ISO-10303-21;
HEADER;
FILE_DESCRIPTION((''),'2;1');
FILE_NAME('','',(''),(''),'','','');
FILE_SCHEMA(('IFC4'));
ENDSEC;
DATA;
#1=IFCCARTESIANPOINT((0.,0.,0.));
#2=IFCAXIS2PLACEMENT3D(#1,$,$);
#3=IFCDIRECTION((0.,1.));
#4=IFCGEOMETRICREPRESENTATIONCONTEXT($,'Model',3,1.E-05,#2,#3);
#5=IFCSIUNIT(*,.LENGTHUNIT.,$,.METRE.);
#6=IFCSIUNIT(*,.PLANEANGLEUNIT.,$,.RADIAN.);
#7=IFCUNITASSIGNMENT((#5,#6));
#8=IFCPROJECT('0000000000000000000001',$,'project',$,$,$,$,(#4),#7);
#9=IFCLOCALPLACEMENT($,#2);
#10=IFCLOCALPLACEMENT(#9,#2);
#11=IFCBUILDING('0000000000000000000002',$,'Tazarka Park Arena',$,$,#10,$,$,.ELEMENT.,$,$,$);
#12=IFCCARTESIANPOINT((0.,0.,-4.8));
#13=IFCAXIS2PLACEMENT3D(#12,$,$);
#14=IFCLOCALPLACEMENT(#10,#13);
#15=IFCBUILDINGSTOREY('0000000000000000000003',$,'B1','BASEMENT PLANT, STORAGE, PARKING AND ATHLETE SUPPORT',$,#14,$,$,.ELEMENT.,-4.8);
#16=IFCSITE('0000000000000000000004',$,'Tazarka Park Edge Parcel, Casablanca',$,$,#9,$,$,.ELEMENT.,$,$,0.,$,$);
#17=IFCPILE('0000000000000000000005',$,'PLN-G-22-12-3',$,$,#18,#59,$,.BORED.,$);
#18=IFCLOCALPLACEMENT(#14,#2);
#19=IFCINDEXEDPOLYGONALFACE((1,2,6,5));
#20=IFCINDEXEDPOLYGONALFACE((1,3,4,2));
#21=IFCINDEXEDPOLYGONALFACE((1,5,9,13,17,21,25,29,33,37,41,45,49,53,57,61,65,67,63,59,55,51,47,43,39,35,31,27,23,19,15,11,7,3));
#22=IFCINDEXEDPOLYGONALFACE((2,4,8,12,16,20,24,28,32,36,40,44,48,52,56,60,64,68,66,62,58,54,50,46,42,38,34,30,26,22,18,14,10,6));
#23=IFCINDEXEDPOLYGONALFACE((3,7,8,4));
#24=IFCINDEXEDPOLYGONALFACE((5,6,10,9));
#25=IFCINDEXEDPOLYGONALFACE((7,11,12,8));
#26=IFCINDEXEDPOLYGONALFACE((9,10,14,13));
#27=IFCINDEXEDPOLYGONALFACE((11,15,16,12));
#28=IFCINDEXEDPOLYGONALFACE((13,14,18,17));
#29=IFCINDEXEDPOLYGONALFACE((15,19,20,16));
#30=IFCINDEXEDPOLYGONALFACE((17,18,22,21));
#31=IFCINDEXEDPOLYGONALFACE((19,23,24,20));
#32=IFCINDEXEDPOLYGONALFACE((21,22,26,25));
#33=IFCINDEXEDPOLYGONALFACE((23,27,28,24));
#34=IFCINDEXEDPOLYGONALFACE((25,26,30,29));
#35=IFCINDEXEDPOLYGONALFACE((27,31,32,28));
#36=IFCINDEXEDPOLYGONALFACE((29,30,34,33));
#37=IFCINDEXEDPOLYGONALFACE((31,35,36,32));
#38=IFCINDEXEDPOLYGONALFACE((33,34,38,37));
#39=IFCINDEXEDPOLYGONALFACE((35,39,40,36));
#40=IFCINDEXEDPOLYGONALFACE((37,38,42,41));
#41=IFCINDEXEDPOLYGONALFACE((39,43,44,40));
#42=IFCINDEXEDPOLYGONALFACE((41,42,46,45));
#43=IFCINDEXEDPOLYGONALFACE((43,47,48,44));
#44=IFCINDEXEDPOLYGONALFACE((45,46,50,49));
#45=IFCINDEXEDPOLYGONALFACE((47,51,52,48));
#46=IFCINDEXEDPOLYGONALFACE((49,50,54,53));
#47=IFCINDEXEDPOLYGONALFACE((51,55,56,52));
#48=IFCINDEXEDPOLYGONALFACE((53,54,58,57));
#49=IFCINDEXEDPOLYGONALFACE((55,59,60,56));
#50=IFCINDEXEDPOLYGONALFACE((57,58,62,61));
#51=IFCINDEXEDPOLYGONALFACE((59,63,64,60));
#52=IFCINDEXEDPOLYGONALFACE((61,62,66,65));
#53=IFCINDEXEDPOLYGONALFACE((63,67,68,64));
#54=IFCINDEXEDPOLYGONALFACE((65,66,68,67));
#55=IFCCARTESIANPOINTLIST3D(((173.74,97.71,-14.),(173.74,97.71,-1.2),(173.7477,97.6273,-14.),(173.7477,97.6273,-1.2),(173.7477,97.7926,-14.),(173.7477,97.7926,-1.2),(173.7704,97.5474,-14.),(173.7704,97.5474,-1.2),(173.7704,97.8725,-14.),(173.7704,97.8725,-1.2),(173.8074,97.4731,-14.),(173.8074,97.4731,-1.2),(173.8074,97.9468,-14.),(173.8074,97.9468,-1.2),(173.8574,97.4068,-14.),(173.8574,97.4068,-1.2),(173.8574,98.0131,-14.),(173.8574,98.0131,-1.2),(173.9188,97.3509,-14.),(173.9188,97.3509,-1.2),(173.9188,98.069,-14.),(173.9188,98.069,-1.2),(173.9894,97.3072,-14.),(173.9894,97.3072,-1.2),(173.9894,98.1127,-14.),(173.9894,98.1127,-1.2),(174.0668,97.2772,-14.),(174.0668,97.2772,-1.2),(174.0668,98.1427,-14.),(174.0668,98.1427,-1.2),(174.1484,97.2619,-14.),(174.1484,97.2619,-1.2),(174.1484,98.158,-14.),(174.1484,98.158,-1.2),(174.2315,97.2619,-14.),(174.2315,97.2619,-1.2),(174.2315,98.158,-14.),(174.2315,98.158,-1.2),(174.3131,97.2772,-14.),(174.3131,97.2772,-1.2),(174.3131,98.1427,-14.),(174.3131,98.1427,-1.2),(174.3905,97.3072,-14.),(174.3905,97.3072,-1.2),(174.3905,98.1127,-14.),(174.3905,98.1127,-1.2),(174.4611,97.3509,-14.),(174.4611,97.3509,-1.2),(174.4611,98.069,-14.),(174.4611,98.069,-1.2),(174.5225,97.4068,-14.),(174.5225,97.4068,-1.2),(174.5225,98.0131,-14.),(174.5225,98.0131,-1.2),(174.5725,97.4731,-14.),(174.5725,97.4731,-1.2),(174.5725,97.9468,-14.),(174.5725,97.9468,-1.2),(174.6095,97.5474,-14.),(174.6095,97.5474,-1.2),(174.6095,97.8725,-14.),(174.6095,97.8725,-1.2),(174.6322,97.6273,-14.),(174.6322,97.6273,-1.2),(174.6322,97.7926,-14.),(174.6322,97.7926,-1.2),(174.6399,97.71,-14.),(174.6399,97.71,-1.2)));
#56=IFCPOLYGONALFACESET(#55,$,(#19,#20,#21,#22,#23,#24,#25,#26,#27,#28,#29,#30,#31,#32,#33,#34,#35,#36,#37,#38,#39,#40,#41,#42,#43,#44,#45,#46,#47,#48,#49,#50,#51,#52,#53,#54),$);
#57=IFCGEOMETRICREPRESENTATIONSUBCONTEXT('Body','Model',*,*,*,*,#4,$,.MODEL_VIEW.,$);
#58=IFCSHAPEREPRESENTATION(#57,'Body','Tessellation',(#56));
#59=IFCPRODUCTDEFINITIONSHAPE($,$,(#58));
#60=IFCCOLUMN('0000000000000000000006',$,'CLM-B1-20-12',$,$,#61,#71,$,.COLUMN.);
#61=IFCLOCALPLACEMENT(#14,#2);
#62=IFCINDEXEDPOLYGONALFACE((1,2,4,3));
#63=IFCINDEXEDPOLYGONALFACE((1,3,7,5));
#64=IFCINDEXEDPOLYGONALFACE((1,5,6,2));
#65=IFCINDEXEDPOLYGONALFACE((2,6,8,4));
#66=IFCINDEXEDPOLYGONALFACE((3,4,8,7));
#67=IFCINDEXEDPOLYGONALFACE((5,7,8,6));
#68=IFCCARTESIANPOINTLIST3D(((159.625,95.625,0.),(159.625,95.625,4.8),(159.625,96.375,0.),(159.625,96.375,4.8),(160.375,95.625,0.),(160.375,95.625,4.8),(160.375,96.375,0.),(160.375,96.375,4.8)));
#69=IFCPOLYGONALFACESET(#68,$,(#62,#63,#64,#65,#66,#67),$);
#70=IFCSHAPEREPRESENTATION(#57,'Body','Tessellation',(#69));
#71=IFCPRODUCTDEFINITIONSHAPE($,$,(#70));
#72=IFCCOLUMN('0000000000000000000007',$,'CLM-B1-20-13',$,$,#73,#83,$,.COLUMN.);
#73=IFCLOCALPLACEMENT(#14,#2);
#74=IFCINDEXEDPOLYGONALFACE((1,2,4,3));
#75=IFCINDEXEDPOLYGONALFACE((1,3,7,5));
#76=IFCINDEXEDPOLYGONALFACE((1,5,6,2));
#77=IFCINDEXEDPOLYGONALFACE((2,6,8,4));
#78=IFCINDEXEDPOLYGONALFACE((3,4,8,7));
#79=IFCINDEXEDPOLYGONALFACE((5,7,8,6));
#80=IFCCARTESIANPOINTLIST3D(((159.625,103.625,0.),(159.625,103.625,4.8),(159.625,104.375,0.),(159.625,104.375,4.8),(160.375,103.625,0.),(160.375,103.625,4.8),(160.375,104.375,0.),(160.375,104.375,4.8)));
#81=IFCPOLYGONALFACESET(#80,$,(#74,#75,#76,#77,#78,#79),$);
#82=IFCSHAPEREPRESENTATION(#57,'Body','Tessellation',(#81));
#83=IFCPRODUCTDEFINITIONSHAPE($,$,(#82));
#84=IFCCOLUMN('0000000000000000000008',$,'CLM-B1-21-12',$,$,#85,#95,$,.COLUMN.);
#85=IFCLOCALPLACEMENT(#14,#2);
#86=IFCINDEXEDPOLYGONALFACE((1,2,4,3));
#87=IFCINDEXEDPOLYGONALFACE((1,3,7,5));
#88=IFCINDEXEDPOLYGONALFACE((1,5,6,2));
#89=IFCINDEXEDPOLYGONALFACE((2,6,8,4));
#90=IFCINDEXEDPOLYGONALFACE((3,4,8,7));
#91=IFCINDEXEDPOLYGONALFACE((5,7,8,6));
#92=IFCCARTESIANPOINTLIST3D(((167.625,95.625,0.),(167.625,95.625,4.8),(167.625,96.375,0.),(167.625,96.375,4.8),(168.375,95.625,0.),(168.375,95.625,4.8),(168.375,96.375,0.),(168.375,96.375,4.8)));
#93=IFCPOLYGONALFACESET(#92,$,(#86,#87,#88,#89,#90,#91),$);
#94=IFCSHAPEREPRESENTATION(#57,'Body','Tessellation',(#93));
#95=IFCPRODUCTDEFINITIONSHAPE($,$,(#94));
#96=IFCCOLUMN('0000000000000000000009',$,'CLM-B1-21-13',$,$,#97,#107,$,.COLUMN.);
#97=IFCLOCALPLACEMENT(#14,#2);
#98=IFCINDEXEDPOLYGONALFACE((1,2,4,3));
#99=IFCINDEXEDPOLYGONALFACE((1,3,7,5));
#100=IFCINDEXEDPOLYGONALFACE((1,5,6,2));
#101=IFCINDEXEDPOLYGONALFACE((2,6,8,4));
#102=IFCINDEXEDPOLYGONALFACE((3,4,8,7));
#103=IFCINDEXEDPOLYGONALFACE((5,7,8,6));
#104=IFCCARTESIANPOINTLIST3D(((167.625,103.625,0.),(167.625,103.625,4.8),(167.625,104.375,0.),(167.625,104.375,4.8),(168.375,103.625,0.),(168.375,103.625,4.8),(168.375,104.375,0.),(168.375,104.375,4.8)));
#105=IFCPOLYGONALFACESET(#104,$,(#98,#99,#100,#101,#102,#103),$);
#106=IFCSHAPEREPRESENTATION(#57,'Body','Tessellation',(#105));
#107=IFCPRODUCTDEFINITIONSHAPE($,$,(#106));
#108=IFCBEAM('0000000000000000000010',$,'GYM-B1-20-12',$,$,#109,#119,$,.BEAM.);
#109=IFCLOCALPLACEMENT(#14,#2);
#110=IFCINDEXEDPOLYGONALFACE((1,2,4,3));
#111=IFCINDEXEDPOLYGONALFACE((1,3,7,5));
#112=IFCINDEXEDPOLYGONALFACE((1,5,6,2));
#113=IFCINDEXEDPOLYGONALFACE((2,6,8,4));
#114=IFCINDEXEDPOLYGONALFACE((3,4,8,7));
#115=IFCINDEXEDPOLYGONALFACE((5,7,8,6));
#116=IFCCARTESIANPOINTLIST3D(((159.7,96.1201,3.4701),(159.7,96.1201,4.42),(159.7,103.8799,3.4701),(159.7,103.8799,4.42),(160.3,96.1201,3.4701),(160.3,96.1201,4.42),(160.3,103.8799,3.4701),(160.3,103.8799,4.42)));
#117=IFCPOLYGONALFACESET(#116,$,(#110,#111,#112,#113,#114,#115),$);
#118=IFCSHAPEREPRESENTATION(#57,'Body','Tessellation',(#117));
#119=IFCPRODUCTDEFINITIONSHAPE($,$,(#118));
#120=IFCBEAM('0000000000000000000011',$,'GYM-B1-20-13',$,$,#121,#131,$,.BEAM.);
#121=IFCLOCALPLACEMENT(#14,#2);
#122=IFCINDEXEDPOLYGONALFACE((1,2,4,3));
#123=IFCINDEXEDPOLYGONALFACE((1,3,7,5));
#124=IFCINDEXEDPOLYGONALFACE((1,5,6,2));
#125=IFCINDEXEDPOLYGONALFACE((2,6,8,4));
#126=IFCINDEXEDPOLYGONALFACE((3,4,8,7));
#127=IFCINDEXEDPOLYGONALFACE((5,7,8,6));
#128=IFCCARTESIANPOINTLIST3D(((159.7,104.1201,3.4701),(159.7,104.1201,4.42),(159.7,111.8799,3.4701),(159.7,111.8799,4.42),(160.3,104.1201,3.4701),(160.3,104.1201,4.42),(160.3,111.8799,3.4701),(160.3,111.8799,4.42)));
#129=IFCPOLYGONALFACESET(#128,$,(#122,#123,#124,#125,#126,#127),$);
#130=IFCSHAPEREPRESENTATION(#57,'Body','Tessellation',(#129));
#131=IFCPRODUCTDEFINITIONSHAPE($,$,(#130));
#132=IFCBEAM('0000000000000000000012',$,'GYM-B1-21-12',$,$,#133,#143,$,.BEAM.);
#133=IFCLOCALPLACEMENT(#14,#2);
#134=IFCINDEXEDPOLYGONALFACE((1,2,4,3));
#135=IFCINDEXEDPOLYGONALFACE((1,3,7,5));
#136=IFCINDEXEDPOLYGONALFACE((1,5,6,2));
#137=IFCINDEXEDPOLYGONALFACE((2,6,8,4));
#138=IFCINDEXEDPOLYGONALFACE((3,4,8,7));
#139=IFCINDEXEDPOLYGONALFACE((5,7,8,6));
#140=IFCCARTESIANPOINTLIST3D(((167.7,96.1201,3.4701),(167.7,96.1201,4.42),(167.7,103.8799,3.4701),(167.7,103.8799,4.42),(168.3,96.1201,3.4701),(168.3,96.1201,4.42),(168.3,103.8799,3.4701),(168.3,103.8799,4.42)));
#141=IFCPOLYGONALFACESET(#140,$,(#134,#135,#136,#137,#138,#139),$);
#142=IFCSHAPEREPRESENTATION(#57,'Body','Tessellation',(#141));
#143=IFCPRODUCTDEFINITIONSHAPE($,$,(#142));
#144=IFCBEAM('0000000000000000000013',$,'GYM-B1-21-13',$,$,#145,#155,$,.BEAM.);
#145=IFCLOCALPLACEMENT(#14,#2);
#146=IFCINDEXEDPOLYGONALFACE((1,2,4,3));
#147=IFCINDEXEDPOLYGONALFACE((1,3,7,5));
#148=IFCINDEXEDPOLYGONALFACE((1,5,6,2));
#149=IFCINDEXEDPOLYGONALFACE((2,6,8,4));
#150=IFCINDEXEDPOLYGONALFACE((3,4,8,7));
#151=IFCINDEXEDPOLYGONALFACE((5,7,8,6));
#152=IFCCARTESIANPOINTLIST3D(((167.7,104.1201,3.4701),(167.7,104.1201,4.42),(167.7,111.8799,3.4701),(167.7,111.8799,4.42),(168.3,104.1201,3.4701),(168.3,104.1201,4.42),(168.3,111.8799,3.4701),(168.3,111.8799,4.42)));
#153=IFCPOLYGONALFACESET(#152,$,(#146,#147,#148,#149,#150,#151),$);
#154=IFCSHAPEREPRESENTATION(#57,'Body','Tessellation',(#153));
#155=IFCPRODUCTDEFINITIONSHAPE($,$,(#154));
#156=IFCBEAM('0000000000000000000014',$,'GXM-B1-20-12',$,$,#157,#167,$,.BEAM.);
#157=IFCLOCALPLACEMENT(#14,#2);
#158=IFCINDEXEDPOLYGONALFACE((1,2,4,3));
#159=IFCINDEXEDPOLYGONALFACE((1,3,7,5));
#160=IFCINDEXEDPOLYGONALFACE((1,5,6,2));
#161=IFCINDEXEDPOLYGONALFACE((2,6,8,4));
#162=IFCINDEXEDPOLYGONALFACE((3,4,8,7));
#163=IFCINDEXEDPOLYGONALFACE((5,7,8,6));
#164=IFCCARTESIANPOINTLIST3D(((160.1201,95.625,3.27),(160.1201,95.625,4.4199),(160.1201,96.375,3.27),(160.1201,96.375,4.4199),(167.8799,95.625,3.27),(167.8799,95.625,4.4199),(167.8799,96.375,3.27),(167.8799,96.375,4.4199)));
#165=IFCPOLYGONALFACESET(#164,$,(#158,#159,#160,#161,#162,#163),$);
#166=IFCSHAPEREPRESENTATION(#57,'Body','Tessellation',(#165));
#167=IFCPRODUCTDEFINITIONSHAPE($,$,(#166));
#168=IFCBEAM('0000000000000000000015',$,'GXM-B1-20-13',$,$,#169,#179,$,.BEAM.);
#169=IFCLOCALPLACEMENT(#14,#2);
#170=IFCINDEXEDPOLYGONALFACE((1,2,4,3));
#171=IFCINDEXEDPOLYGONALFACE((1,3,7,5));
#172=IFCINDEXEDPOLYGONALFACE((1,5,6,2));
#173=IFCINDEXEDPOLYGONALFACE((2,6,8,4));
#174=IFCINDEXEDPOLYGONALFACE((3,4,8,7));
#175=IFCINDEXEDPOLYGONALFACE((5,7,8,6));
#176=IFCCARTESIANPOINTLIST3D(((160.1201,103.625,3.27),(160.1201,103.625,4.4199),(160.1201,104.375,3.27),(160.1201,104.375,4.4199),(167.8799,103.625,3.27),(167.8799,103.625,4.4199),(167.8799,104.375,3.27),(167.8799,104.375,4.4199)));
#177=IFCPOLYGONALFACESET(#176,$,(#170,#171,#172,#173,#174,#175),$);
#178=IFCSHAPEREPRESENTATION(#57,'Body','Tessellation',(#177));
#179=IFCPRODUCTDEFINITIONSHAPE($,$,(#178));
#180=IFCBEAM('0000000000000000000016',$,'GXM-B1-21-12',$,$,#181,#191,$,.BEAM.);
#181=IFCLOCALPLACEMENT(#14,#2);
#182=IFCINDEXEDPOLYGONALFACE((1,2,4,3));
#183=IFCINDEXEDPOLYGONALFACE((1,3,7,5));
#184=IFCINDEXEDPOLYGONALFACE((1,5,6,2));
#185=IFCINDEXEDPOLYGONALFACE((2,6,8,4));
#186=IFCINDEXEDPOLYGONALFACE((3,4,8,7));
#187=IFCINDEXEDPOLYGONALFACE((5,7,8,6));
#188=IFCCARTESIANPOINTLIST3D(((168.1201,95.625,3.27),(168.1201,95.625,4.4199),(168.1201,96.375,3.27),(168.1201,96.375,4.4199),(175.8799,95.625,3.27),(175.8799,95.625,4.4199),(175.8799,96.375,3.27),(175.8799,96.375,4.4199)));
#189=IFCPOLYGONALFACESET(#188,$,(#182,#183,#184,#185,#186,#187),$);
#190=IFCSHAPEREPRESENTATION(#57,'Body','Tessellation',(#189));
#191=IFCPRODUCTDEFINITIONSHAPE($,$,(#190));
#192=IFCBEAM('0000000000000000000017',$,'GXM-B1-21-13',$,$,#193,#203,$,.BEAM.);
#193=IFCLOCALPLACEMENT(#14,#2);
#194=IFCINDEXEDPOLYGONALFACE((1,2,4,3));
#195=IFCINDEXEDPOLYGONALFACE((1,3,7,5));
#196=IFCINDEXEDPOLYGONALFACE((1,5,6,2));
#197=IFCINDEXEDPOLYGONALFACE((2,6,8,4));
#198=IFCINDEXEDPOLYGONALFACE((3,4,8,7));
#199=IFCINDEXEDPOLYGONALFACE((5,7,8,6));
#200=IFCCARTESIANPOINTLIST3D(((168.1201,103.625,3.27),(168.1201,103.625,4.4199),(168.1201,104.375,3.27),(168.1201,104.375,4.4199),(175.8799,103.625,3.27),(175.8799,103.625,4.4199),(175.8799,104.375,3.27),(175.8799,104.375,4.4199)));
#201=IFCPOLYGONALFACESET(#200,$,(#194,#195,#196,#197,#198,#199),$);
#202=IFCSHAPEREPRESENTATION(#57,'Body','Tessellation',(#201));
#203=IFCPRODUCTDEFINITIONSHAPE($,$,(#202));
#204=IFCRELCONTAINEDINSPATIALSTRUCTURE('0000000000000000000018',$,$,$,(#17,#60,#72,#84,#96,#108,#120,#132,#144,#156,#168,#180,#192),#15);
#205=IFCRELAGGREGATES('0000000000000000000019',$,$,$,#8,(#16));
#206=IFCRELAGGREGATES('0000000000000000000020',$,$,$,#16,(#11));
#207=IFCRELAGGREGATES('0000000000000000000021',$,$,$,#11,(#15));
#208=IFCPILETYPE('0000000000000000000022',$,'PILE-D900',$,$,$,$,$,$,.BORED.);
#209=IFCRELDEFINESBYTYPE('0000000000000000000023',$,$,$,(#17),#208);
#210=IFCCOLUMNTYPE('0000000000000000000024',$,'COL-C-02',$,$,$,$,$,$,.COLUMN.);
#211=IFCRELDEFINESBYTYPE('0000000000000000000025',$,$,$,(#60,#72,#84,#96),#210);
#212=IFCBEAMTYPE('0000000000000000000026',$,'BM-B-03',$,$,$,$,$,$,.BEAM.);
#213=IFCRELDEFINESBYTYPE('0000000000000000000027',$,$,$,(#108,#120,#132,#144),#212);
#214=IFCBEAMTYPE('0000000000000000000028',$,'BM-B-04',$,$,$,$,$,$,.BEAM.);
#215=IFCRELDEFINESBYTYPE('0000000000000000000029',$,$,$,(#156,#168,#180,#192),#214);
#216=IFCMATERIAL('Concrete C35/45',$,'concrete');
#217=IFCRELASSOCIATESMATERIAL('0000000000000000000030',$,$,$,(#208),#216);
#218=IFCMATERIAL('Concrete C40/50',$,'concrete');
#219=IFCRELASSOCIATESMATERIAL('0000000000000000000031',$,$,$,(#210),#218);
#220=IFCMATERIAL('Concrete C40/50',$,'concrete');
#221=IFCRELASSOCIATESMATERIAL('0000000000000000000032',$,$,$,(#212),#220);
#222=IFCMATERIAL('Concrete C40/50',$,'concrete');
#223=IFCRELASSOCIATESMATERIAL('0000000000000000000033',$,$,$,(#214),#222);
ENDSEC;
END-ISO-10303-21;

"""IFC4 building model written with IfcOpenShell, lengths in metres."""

from ifc_helpers import new_model, si_unit, direction, frame, origin, origin_2d, place, context, subcontext, project, spatial, rectangle, circle, extrude, material, material_profile, profile_set, type_object, element, save


model = new_model("IFC4")

# Units and contexts
model_context = context("Model", 3, precision=1e-05, world=origin(), true_north=direction((0.0, 1.0)))
body_context = subcontext(model_context, "Body", "Model", "MODEL_VIEW")
ifc_project = project(units=[si_unit("LENGTHUNIT", "METRE"), si_unit("PLANEANGLEUNIT", "RADIAN")], contexts=[model_context])

# Site, building, storey
site_placement = place(None, origin())
site = spatial("IfcSite", under=ifc_project, at=site_placement, Name="Tazarka Park Edge Parcel, Casablanca", CompositionType="ELEMENT", RefElevation=0.0)
building_placement = place(site_placement, origin())
building = spatial("IfcBuilding", under=site, at=building_placement, Name="Tazarka Park Arena", CompositionType="ELEMENT")
storey_placement = place(building_placement, frame((0.0, 0.0, -4.8)))
storey = spatial("IfcBuildingStorey", under=building, at=storey_placement, Name="B1", Description="BASEMENT PLANT, STORAGE, PARKING AND ATHLETE SUPPORT", CompositionType="ELEMENT", Elevation=-4.8)

# Pile
ifc_material_1 = material(Name="Concrete C35/45", Category="concrete")
ifc_material_profile_1 = material_profile(ifc_material_1, circle(Radius=0.45, at=origin_2d()), Name="Concrete C35/45")
ifc_profile_set_1 = profile_set([ifc_material_profile_1], Name="Concrete C35/45")
pile_type_1 = type_object("IfcPileType", Name="PILE-D900", PredefinedType="BORED", material=ifc_profile_set_1)
pile_placement = place(storey_placement, frame((174.1899, 97.71, -1.2), z_axis=(0.0, 0.0, -1.0), x_axis=(1.0, 0.0, 0.0)))
element("IfcPile", 1, at=pile_placement, inside=storey, type_object=pile_type_1, Name="PLN-G-22-12-3", PredefinedType="BORED", context=body_context, shape_type="SweptSolid", body=[
    extrude(circle(Radius=0.45, at=origin_2d()), origin(), (0.0, 0.0, 1.0), 12.8),
])

# Columns
ifc_material_2 = material(Name="Concrete C40/50", Category="concrete")
ifc_material_profile_2 = material_profile(ifc_material_2, rectangle(XDim=0.75, YDim=0.75, at=origin_2d()), Name="Concrete C40/50")
ifc_profile_set_2 = profile_set([ifc_material_profile_2], Name="Concrete C40/50")
column_type = type_object("IfcColumnType", Name="COL-C-02", PredefinedType="COLUMN", material=ifc_profile_set_2)
for number, where, z_axis, x_axis, name in (
    (2, (160.0, 96.0, 0.0), (0.0, 0.0, 1.0), (1.0, 0.0, 0.0), "CLM-B1-20-12"),
    (3, (160.0, 104.0, 0.0), (0.0, 0.0, 1.0), (1.0, 0.0, 0.0), "CLM-B1-20-13"),
    (4, (168.0, 96.0, 0.0), (0.0, 0.0, 1.0), (1.0, 0.0, 0.0), "CLM-B1-21-12"),
    (5, (168.0, 104.0, 0.0), (0.0, 0.0, 1.0), (1.0, 0.0, 0.0), "CLM-B1-21-13"),
):
    element("IfcColumn", number, at=place(storey_placement, frame(where, z_axis=z_axis, x_axis=x_axis)), inside=storey, type_object=column_type, Name=name, PredefinedType="COLUMN", context=body_context, shape_type="SweptSolid", body=[
        extrude(rectangle(XDim=0.75, YDim=0.75, at=origin_2d()), origin(), (0.0, 0.0, 1.0), 4.8),
    ])

# Beams
ifc_material_3 = material(Name="Concrete C40/50", Category="concrete")
ifc_material_profile_3 = material_profile(ifc_material_3, rectangle(XDim=0.6001, YDim=0.95, at=origin_2d()), Name="Concrete C40/50")
ifc_profile_set_3 = profile_set([ifc_material_profile_3], Name="Concrete C40/50")
beam_type_1 = type_object("IfcBeamType", Name="BM-B-03", PredefinedType="BEAM", material=ifc_profile_set_3)
for number, where, z_axis, x_axis, name in (
    (6, (160.0, 96.1201, 3.9451), (0.0, 1.0, 0.0), (-1.0, 0.0, 0.0), "GYM-B1-20-12"),
    (7, (160.0, 104.1201, 3.9451), (0.0, 1.0, 0.0), (-1.0, 0.0, 0.0), "GYM-B1-20-13"),
    (8, (168.0, 96.1201, 3.9451), (0.0, 1.0, 0.0), (-1.0, 0.0, 0.0), "GYM-B1-21-12"),
    (9, (168.0, 104.1201, 3.9451), (0.0, 1.0, 0.0), (-1.0, 0.0, 0.0), "GYM-B1-21-13"),
):
    element("IfcBeam", number, at=place(storey_placement, frame(where, z_axis=z_axis, x_axis=x_axis)), inside=storey, type_object=beam_type_1, Name=name, PredefinedType="BEAM", context=body_context, shape_type="SweptSolid", body=[
        extrude(rectangle(XDim=0.6001, YDim=0.95, at=origin_2d()), origin(), (0.0, 0.0, 1.0), 7.7598),
    ])
ifc_material_4 = material(Name="Concrete C40/50", Category="concrete")
ifc_material_profile_4 = material_profile(ifc_material_4, rectangle(XDim=0.75, YDim=1.1499, at=origin_2d()), Name="Concrete C40/50")
ifc_profile_set_4 = profile_set([ifc_material_profile_4], Name="Concrete C40/50")
beam_type_2 = type_object("IfcBeamType", Name="BM-B-04", PredefinedType="BEAM", material=ifc_profile_set_4)
for number, where, z_axis, x_axis, name in (
    (10, (160.1201, 96.0, 3.845), (1.0, 0.0, 0.0), (0.0, 1.0, 0.0), "GXM-B1-20-12"),
    (11, (160.1201, 104.0, 3.845), (1.0, 0.0, 0.0), (0.0, 1.0, 0.0), "GXM-B1-20-13"),
    (12, (168.1201, 96.0, 3.845), (1.0, 0.0, 0.0), (0.0, 1.0, 0.0), "GXM-B1-21-12"),
    (13, (168.1201, 104.0, 3.845), (1.0, 0.0, 0.0), (0.0, 1.0, 0.0), "GXM-B1-21-13"),
):
    element("IfcBeam", number, at=place(storey_placement, frame(where, z_axis=z_axis, x_axis=x_axis)), inside=storey, type_object=beam_type_2, Name=name, PredefinedType="BEAM", context=body_context, shape_type="SweptSolid", body=[
        extrude(rectangle(XDim=0.75, YDim=1.1499, at=origin_2d()), origin(), (0.0, 0.0, 1.0), 7.7598),
    ])

save(model, "model.ifc")
